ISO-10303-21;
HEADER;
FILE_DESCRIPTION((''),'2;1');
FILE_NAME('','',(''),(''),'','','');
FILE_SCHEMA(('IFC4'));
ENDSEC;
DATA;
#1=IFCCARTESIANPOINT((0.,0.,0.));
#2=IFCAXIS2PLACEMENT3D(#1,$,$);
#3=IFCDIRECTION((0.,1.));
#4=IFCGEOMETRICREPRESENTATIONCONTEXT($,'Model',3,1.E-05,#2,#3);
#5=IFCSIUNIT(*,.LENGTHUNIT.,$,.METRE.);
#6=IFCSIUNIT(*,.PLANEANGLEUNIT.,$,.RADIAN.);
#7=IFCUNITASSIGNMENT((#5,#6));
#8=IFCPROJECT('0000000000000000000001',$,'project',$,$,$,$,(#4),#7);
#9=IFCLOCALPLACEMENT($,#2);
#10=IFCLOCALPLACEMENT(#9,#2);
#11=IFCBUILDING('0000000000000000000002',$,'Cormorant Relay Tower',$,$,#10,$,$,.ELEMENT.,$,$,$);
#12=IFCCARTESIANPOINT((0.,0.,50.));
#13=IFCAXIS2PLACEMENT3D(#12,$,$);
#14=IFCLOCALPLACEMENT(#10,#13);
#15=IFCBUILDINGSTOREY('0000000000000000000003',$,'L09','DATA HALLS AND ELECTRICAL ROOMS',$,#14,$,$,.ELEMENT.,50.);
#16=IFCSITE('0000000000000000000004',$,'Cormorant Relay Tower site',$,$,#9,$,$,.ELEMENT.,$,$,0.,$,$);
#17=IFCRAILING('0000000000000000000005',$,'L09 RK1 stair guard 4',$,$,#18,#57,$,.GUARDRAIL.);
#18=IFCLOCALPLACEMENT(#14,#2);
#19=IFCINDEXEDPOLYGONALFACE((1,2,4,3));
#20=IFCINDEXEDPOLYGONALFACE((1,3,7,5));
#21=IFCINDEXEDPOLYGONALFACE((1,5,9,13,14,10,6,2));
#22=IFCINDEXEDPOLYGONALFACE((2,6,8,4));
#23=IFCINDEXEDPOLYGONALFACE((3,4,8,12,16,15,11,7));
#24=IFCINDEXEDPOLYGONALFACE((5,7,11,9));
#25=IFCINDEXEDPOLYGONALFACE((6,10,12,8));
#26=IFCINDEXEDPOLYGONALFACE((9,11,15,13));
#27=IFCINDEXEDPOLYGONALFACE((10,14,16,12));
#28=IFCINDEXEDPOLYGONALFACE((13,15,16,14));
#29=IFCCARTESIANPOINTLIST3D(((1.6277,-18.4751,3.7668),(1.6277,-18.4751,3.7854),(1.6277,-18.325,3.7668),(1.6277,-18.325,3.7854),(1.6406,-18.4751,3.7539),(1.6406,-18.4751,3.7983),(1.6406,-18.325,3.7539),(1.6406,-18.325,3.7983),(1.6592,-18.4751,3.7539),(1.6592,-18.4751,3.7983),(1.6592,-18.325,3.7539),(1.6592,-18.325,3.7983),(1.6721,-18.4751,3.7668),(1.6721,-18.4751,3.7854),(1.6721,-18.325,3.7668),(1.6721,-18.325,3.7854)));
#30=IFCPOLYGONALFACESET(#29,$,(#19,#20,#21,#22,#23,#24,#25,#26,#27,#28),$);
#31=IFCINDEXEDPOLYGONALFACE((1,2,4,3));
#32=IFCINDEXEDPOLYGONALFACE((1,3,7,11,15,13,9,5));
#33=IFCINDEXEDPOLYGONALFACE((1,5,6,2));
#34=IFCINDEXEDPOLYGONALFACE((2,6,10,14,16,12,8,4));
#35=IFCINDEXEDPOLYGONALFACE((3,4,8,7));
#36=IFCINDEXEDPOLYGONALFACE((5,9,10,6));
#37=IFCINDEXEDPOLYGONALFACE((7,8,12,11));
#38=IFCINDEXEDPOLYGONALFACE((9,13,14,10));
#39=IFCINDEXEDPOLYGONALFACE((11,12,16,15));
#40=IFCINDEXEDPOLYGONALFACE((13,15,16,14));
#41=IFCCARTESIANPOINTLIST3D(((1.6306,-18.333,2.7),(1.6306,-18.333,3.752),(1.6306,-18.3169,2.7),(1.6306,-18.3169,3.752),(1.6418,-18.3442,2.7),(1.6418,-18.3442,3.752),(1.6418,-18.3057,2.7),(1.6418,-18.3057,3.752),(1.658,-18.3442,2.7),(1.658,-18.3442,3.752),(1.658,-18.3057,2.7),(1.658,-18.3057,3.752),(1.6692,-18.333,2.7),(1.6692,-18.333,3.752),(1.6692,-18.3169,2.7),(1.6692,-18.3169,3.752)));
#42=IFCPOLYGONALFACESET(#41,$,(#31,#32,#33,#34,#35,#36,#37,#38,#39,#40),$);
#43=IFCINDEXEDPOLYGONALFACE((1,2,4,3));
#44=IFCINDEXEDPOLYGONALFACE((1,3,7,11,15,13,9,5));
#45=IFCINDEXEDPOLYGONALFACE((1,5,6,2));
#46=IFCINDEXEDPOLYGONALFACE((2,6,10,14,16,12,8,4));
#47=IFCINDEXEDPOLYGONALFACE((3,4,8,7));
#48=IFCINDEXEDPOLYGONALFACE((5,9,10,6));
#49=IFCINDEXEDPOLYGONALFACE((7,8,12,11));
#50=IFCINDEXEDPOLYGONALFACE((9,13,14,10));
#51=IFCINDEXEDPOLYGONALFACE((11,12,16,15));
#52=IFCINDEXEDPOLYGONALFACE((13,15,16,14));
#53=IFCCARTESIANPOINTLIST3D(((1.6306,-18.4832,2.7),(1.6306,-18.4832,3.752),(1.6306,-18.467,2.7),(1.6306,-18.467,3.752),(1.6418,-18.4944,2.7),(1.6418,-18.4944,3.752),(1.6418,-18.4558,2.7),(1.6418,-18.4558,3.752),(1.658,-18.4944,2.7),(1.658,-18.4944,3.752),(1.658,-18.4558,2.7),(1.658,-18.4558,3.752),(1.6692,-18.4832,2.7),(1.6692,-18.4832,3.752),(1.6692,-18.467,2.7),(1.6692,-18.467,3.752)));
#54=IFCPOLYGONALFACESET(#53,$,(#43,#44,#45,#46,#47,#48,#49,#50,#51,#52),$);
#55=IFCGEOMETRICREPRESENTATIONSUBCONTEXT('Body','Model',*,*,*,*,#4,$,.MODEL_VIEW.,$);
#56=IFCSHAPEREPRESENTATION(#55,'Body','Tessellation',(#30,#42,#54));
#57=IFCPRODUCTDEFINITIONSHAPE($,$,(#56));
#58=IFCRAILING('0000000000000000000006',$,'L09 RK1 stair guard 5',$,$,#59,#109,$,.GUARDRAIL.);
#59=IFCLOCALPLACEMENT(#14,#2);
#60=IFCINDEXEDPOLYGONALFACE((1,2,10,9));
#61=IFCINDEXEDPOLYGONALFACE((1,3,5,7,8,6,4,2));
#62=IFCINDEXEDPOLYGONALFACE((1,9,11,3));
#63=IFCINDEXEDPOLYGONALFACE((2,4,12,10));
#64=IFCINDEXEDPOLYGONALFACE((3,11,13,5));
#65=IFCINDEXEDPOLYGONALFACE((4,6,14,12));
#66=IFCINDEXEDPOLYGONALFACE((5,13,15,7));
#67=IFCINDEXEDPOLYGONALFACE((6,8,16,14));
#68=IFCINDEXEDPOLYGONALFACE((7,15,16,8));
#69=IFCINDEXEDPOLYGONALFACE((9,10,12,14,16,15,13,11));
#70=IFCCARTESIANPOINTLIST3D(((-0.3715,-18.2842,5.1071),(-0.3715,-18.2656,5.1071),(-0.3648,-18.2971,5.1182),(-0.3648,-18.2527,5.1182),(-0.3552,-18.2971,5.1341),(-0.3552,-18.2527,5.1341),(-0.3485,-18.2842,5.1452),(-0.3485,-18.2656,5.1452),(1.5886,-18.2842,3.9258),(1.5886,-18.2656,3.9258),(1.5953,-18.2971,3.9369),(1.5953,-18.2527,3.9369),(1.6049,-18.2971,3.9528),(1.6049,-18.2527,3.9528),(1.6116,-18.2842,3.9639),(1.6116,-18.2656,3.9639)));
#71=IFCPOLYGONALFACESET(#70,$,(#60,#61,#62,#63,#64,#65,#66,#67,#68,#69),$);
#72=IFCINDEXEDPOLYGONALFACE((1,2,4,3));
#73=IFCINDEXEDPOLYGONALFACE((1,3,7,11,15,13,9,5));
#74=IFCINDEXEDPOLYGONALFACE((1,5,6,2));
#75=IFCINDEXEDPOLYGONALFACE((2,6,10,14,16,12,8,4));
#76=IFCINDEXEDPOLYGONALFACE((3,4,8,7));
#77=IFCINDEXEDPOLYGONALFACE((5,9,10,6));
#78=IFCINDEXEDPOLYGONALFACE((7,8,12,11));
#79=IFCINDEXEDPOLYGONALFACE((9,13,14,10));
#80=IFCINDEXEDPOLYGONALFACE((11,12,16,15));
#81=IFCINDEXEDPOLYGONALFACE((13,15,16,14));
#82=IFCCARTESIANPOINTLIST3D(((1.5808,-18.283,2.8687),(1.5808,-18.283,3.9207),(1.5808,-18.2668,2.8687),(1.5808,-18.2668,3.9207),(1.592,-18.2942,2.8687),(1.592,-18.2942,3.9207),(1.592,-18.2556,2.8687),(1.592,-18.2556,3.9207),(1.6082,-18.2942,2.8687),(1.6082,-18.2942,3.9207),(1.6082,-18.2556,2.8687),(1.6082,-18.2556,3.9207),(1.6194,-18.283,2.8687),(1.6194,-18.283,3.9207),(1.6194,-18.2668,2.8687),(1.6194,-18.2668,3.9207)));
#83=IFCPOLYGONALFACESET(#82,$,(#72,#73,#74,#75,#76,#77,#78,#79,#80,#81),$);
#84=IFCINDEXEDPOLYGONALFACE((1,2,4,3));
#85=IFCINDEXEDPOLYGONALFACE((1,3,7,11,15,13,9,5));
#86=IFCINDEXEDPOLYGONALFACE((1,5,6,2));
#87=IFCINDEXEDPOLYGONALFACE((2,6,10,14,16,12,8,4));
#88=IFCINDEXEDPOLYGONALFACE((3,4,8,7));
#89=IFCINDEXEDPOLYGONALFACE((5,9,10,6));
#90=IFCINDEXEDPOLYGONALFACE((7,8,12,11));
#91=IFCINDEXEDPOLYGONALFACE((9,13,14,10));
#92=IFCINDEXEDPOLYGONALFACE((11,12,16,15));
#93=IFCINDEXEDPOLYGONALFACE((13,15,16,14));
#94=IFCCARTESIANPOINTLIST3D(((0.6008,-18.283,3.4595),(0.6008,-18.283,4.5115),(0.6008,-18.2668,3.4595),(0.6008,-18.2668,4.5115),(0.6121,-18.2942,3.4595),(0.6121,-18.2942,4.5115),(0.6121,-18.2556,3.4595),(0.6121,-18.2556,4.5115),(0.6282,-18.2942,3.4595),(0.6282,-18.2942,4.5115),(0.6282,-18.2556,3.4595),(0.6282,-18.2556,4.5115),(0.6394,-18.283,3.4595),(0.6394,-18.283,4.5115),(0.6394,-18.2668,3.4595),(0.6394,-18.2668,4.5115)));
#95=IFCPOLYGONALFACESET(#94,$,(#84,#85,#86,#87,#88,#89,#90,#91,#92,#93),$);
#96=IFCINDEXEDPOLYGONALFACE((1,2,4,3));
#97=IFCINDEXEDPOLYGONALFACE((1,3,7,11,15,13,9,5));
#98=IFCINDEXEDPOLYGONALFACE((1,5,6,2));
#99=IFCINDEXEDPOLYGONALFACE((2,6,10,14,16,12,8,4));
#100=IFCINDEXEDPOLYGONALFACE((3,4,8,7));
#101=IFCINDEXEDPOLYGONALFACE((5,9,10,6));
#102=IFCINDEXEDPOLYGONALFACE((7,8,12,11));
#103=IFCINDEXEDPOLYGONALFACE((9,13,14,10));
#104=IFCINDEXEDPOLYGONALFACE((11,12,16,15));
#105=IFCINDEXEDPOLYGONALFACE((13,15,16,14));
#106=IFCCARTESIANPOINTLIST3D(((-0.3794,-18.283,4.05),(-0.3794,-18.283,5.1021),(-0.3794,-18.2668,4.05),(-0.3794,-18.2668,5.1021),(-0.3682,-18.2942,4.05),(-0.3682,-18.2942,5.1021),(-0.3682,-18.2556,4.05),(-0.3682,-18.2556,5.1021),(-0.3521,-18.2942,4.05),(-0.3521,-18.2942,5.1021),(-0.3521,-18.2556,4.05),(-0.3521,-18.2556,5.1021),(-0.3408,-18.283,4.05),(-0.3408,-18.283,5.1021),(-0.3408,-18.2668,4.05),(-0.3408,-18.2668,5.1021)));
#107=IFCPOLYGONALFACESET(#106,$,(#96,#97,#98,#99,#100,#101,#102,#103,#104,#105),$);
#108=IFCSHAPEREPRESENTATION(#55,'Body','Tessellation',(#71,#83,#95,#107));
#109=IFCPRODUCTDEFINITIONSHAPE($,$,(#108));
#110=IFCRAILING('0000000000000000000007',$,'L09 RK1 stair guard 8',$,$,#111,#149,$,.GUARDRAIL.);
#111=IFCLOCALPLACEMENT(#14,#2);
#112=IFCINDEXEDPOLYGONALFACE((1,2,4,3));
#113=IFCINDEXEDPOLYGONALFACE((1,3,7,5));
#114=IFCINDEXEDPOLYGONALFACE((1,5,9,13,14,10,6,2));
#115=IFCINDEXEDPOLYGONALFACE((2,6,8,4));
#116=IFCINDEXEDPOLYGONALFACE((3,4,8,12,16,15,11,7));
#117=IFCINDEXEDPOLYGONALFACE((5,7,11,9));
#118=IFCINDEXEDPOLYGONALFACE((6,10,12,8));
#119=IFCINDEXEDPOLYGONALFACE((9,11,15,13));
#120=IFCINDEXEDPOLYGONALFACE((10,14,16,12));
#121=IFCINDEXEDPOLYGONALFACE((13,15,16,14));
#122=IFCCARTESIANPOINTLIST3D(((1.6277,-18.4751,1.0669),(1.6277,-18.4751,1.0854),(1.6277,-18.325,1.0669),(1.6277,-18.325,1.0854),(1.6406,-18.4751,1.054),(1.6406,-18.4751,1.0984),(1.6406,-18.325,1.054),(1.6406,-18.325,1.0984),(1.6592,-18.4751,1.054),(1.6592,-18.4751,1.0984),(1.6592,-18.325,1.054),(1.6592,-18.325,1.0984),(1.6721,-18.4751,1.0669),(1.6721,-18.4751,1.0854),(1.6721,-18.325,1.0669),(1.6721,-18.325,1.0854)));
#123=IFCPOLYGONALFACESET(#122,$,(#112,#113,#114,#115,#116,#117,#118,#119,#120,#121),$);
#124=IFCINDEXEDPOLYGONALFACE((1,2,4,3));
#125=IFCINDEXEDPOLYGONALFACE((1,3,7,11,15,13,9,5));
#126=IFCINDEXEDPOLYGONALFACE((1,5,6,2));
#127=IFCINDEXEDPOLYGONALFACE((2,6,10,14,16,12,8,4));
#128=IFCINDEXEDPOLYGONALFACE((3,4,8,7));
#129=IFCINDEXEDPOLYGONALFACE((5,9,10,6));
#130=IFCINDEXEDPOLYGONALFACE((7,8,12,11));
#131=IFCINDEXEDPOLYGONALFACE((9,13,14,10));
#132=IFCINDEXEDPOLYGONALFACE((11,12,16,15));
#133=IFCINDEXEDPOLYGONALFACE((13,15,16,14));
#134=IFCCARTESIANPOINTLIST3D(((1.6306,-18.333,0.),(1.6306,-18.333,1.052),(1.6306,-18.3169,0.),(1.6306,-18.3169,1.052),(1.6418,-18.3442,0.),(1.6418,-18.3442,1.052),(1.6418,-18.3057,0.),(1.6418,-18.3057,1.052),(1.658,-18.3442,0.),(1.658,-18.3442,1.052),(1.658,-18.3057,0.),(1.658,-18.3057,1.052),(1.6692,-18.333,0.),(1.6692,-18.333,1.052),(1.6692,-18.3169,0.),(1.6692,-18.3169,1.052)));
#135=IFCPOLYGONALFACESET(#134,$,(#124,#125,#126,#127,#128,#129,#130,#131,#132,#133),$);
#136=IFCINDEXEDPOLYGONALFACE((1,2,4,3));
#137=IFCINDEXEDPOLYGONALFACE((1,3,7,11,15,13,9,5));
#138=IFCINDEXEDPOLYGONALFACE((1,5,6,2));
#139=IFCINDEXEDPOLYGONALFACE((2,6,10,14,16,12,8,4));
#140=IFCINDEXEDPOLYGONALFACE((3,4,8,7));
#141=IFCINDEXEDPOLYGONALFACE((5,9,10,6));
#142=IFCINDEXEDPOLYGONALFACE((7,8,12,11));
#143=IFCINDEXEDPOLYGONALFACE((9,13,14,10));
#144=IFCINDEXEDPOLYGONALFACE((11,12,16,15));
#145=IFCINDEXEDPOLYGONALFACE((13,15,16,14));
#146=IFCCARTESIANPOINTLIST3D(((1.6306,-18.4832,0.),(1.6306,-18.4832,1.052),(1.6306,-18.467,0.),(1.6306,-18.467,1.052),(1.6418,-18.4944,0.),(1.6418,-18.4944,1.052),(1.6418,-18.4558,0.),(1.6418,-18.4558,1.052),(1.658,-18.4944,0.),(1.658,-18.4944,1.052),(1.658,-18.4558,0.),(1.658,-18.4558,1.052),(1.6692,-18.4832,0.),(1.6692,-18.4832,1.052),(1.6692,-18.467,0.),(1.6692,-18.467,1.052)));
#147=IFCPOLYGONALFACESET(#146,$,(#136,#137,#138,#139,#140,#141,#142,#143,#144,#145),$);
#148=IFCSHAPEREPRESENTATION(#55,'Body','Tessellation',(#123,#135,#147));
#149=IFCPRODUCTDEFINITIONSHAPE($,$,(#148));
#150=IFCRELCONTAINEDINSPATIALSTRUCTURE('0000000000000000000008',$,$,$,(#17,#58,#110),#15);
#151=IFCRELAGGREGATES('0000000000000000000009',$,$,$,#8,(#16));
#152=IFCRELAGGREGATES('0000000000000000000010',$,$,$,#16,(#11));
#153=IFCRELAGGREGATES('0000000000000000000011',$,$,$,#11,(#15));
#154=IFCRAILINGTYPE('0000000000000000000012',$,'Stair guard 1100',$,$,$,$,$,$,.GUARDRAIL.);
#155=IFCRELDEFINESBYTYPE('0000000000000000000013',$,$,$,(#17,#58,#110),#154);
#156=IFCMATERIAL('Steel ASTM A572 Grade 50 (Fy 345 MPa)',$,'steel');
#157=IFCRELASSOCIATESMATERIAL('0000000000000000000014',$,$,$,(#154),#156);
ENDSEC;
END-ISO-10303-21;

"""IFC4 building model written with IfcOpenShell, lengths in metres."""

from ifc_helpers import new_model, si_unit, direction, frame, origin, place, context, subcontext, project, spatial, polyline, outline, extrude, material, type_object, element, save


model = new_model("IFC4")

# Units and contexts
model_context = context("Model", 3, precision=1e-05, world=origin(), true_north=direction((0.0, 1.0)))
body_context = subcontext(model_context, "Body", "Model", "MODEL_VIEW")
ifc_project = project(units=[si_unit("LENGTHUNIT", "METRE"), si_unit("PLANEANGLEUNIT", "RADIAN")], contexts=[model_context])

# Site, building, storey
site_placement = place(None, origin())
site = spatial("IfcSite", under=ifc_project, at=site_placement, Name="Cormorant Relay Tower site", CompositionType="ELEMENT", RefElevation=0.0)
building_placement = place(site_placement, origin())
building = spatial("IfcBuilding", under=site, at=building_placement, Name="Cormorant Relay Tower", CompositionType="ELEMENT")
storey_placement = place(building_placement, frame((0.0, 0.0, 50.0)))
storey = spatial("IfcBuildingStorey", under=building, at=storey_placement, Name="L09", Description="DATA HALLS AND ELECTRICAL ROOMS", CompositionType="ELEMENT", Elevation=50.0)

# Railings
ifc_material_1 = material(Name="Steel ASTM A572 Grade 50 (Fy 345 MPa)", Category="steel")
railing_type_1 = type_object("IfcRailingType", Name="Stair guard 1100", PredefinedType="GUARDRAIL", material=ifc_material_1)
railing_1_placement = place(storey_placement, frame((1.6499, -18.325, 2.7)))
element("IfcRailing", 1, at=railing_1_placement, inside=storey, type_object=railing_type_1, Name="L09 RK1 stair guard 4", PredefinedType="GUARDRAIL", context=body_context, shape_type="SweptSolid", body=[
    extrude(outline(polyline([(0.0222, 0.0093), (0.0093, 0.0222), (-0.0093, 0.0222), (-0.0222, 0.0093), (-0.0222, -0.0093), (-0.0093, -0.0222), (0.0093, -0.0222), (0.0222, -0.0093), (0.0222, 0.0093)])), frame((0.0, 0.0, 1.0762), z_axis=(0.0, -1.0, 0.0), x_axis=(1.0, 0.0, 0.0)), (0.0, 0.0, 1.0), 0.1501),
    extrude(outline(polyline([(0.0193, 0.0081), (0.0081, 0.0193), (-0.0081, 0.0193), (-0.0193, 0.0081), (-0.0193, -0.0081), (-0.0081, -0.0193), (0.0081, -0.0193), (0.0193, -0.0081), (0.0193, 0.0081)])), origin(), (0.0, 0.0, 1.0), 1.052),
    extrude(outline(polyline([(0.0193, 0.0081), (0.0081, 0.0193), (-0.0081, 0.0193), (-0.0193, 0.0081), (-0.0193, -0.0081), (-0.0081, -0.0193), (0.0081, -0.0193), (0.0193, -0.0081), (0.0193, 0.0081)])), frame((0.0, -0.1501, 0.0)), (0.0, 0.0, 1.0), 1.052),
])
railing_2_placement = place(storey_placement, frame((1.6001, -18.2749, 2.8687)))
element("IfcRailing", 2, at=railing_2_placement, inside=storey, type_object=railing_type_1, Name="L09 RK1 stair guard 5", PredefinedType="GUARDRAIL", context=body_context, shape_type="SweptSolid", body=[
    extrude(outline(polyline([(0.0222, 0.0093), (0.0093, 0.0222), (-0.0093, 0.0222), (-0.0222, 0.0093), (-0.0222, -0.0093), (-0.0093, -0.0222), (0.0093, -0.0222), (0.0222, -0.0093), (0.0222, 0.0093)])), frame((0.0, 0.0, 1.0762), z_axis=(-0.856475, 0.0, 0.516189), x_axis=(0.0, -1.0, 0.0)), (0.0, 0.0, 1.0), 2.2886),
    extrude(outline(polyline([(0.0193, 0.0081), (0.0081, 0.0193), (-0.0081, 0.0193), (-0.0193, 0.0081), (-0.0193, -0.0081), (-0.0081, -0.0193), (0.0081, -0.0193), (0.0193, -0.0081), (0.0193, 0.0081)])), origin(), (0.0, 0.0, 1.0), 1.052),
    extrude(outline(polyline([(0.0193, 0.0081), (0.0081, 0.0193), (-0.0081, 0.0193), (-0.0193, 0.0081), (-0.0193, -0.0081), (-0.0081, -0.0193), (0.0081, -0.0193), (0.0193, -0.0081), (0.0193, 0.0081)])), frame((-0.98, 0.0, 0.5908)), (0.0, 0.0, 1.0), 1.052),
    extrude(outline(polyline([(0.0193, 0.0081), (0.0081, 0.0193), (-0.0081, 0.0193), (-0.0193, 0.0081), (-0.0193, -0.0081), (-0.0081, -0.0193), (0.0081, -0.0193), (0.0193, -0.0081), (0.0193, 0.0081)])), frame((-1.9602, 0.0, 1.1814)), (0.0, 0.0, 1.0), 1.052),
])
railing_3_placement = place(storey_placement, frame((1.6499, -18.325, 0.0)))
element("IfcRailing", 3, at=railing_3_placement, inside=storey, type_object=railing_type_1, Name="L09 RK1 stair guard 8", PredefinedType="GUARDRAIL", context=body_context, shape_type="SweptSolid", body=[
    extrude(outline(polyline([(0.0222, 0.0093), (0.0093, 0.0222), (-0.0093, 0.0222), (-0.0222, 0.0093), (-0.0222, -0.0093), (-0.0093, -0.0222), (0.0093, -0.0222), (0.0222, -0.0093), (0.0222, 0.0093)])), frame((0.0, 0.0, 1.0762), z_axis=(0.0, -1.0, 0.0), x_axis=(1.0, 0.0, 0.0)), (0.0, 0.0, 1.0), 0.1501),
    extrude(outline(polyline([(0.0193, 0.0081), (0.0081, 0.0193), (-0.0081, 0.0193), (-0.0193, 0.0081), (-0.0193, -0.0081), (-0.0081, -0.0193), (0.0081, -0.0193), (0.0193, -0.0081), (0.0193, 0.0081)])), origin(), (0.0, 0.0, 1.0), 1.052),
    extrude(outline(polyline([(0.0193, 0.0081), (0.0081, 0.0193), (-0.0081, 0.0193), (-0.0193, 0.0081), (-0.0193, -0.0081), (-0.0081, -0.0193), (0.0081, -0.0193), (0.0193, -0.0081), (0.0193, 0.0081)])), frame((0.0, -0.1501, 0.0)), (0.0, 0.0, 1.0), 1.052),
])

save(model, "model.ifc")
